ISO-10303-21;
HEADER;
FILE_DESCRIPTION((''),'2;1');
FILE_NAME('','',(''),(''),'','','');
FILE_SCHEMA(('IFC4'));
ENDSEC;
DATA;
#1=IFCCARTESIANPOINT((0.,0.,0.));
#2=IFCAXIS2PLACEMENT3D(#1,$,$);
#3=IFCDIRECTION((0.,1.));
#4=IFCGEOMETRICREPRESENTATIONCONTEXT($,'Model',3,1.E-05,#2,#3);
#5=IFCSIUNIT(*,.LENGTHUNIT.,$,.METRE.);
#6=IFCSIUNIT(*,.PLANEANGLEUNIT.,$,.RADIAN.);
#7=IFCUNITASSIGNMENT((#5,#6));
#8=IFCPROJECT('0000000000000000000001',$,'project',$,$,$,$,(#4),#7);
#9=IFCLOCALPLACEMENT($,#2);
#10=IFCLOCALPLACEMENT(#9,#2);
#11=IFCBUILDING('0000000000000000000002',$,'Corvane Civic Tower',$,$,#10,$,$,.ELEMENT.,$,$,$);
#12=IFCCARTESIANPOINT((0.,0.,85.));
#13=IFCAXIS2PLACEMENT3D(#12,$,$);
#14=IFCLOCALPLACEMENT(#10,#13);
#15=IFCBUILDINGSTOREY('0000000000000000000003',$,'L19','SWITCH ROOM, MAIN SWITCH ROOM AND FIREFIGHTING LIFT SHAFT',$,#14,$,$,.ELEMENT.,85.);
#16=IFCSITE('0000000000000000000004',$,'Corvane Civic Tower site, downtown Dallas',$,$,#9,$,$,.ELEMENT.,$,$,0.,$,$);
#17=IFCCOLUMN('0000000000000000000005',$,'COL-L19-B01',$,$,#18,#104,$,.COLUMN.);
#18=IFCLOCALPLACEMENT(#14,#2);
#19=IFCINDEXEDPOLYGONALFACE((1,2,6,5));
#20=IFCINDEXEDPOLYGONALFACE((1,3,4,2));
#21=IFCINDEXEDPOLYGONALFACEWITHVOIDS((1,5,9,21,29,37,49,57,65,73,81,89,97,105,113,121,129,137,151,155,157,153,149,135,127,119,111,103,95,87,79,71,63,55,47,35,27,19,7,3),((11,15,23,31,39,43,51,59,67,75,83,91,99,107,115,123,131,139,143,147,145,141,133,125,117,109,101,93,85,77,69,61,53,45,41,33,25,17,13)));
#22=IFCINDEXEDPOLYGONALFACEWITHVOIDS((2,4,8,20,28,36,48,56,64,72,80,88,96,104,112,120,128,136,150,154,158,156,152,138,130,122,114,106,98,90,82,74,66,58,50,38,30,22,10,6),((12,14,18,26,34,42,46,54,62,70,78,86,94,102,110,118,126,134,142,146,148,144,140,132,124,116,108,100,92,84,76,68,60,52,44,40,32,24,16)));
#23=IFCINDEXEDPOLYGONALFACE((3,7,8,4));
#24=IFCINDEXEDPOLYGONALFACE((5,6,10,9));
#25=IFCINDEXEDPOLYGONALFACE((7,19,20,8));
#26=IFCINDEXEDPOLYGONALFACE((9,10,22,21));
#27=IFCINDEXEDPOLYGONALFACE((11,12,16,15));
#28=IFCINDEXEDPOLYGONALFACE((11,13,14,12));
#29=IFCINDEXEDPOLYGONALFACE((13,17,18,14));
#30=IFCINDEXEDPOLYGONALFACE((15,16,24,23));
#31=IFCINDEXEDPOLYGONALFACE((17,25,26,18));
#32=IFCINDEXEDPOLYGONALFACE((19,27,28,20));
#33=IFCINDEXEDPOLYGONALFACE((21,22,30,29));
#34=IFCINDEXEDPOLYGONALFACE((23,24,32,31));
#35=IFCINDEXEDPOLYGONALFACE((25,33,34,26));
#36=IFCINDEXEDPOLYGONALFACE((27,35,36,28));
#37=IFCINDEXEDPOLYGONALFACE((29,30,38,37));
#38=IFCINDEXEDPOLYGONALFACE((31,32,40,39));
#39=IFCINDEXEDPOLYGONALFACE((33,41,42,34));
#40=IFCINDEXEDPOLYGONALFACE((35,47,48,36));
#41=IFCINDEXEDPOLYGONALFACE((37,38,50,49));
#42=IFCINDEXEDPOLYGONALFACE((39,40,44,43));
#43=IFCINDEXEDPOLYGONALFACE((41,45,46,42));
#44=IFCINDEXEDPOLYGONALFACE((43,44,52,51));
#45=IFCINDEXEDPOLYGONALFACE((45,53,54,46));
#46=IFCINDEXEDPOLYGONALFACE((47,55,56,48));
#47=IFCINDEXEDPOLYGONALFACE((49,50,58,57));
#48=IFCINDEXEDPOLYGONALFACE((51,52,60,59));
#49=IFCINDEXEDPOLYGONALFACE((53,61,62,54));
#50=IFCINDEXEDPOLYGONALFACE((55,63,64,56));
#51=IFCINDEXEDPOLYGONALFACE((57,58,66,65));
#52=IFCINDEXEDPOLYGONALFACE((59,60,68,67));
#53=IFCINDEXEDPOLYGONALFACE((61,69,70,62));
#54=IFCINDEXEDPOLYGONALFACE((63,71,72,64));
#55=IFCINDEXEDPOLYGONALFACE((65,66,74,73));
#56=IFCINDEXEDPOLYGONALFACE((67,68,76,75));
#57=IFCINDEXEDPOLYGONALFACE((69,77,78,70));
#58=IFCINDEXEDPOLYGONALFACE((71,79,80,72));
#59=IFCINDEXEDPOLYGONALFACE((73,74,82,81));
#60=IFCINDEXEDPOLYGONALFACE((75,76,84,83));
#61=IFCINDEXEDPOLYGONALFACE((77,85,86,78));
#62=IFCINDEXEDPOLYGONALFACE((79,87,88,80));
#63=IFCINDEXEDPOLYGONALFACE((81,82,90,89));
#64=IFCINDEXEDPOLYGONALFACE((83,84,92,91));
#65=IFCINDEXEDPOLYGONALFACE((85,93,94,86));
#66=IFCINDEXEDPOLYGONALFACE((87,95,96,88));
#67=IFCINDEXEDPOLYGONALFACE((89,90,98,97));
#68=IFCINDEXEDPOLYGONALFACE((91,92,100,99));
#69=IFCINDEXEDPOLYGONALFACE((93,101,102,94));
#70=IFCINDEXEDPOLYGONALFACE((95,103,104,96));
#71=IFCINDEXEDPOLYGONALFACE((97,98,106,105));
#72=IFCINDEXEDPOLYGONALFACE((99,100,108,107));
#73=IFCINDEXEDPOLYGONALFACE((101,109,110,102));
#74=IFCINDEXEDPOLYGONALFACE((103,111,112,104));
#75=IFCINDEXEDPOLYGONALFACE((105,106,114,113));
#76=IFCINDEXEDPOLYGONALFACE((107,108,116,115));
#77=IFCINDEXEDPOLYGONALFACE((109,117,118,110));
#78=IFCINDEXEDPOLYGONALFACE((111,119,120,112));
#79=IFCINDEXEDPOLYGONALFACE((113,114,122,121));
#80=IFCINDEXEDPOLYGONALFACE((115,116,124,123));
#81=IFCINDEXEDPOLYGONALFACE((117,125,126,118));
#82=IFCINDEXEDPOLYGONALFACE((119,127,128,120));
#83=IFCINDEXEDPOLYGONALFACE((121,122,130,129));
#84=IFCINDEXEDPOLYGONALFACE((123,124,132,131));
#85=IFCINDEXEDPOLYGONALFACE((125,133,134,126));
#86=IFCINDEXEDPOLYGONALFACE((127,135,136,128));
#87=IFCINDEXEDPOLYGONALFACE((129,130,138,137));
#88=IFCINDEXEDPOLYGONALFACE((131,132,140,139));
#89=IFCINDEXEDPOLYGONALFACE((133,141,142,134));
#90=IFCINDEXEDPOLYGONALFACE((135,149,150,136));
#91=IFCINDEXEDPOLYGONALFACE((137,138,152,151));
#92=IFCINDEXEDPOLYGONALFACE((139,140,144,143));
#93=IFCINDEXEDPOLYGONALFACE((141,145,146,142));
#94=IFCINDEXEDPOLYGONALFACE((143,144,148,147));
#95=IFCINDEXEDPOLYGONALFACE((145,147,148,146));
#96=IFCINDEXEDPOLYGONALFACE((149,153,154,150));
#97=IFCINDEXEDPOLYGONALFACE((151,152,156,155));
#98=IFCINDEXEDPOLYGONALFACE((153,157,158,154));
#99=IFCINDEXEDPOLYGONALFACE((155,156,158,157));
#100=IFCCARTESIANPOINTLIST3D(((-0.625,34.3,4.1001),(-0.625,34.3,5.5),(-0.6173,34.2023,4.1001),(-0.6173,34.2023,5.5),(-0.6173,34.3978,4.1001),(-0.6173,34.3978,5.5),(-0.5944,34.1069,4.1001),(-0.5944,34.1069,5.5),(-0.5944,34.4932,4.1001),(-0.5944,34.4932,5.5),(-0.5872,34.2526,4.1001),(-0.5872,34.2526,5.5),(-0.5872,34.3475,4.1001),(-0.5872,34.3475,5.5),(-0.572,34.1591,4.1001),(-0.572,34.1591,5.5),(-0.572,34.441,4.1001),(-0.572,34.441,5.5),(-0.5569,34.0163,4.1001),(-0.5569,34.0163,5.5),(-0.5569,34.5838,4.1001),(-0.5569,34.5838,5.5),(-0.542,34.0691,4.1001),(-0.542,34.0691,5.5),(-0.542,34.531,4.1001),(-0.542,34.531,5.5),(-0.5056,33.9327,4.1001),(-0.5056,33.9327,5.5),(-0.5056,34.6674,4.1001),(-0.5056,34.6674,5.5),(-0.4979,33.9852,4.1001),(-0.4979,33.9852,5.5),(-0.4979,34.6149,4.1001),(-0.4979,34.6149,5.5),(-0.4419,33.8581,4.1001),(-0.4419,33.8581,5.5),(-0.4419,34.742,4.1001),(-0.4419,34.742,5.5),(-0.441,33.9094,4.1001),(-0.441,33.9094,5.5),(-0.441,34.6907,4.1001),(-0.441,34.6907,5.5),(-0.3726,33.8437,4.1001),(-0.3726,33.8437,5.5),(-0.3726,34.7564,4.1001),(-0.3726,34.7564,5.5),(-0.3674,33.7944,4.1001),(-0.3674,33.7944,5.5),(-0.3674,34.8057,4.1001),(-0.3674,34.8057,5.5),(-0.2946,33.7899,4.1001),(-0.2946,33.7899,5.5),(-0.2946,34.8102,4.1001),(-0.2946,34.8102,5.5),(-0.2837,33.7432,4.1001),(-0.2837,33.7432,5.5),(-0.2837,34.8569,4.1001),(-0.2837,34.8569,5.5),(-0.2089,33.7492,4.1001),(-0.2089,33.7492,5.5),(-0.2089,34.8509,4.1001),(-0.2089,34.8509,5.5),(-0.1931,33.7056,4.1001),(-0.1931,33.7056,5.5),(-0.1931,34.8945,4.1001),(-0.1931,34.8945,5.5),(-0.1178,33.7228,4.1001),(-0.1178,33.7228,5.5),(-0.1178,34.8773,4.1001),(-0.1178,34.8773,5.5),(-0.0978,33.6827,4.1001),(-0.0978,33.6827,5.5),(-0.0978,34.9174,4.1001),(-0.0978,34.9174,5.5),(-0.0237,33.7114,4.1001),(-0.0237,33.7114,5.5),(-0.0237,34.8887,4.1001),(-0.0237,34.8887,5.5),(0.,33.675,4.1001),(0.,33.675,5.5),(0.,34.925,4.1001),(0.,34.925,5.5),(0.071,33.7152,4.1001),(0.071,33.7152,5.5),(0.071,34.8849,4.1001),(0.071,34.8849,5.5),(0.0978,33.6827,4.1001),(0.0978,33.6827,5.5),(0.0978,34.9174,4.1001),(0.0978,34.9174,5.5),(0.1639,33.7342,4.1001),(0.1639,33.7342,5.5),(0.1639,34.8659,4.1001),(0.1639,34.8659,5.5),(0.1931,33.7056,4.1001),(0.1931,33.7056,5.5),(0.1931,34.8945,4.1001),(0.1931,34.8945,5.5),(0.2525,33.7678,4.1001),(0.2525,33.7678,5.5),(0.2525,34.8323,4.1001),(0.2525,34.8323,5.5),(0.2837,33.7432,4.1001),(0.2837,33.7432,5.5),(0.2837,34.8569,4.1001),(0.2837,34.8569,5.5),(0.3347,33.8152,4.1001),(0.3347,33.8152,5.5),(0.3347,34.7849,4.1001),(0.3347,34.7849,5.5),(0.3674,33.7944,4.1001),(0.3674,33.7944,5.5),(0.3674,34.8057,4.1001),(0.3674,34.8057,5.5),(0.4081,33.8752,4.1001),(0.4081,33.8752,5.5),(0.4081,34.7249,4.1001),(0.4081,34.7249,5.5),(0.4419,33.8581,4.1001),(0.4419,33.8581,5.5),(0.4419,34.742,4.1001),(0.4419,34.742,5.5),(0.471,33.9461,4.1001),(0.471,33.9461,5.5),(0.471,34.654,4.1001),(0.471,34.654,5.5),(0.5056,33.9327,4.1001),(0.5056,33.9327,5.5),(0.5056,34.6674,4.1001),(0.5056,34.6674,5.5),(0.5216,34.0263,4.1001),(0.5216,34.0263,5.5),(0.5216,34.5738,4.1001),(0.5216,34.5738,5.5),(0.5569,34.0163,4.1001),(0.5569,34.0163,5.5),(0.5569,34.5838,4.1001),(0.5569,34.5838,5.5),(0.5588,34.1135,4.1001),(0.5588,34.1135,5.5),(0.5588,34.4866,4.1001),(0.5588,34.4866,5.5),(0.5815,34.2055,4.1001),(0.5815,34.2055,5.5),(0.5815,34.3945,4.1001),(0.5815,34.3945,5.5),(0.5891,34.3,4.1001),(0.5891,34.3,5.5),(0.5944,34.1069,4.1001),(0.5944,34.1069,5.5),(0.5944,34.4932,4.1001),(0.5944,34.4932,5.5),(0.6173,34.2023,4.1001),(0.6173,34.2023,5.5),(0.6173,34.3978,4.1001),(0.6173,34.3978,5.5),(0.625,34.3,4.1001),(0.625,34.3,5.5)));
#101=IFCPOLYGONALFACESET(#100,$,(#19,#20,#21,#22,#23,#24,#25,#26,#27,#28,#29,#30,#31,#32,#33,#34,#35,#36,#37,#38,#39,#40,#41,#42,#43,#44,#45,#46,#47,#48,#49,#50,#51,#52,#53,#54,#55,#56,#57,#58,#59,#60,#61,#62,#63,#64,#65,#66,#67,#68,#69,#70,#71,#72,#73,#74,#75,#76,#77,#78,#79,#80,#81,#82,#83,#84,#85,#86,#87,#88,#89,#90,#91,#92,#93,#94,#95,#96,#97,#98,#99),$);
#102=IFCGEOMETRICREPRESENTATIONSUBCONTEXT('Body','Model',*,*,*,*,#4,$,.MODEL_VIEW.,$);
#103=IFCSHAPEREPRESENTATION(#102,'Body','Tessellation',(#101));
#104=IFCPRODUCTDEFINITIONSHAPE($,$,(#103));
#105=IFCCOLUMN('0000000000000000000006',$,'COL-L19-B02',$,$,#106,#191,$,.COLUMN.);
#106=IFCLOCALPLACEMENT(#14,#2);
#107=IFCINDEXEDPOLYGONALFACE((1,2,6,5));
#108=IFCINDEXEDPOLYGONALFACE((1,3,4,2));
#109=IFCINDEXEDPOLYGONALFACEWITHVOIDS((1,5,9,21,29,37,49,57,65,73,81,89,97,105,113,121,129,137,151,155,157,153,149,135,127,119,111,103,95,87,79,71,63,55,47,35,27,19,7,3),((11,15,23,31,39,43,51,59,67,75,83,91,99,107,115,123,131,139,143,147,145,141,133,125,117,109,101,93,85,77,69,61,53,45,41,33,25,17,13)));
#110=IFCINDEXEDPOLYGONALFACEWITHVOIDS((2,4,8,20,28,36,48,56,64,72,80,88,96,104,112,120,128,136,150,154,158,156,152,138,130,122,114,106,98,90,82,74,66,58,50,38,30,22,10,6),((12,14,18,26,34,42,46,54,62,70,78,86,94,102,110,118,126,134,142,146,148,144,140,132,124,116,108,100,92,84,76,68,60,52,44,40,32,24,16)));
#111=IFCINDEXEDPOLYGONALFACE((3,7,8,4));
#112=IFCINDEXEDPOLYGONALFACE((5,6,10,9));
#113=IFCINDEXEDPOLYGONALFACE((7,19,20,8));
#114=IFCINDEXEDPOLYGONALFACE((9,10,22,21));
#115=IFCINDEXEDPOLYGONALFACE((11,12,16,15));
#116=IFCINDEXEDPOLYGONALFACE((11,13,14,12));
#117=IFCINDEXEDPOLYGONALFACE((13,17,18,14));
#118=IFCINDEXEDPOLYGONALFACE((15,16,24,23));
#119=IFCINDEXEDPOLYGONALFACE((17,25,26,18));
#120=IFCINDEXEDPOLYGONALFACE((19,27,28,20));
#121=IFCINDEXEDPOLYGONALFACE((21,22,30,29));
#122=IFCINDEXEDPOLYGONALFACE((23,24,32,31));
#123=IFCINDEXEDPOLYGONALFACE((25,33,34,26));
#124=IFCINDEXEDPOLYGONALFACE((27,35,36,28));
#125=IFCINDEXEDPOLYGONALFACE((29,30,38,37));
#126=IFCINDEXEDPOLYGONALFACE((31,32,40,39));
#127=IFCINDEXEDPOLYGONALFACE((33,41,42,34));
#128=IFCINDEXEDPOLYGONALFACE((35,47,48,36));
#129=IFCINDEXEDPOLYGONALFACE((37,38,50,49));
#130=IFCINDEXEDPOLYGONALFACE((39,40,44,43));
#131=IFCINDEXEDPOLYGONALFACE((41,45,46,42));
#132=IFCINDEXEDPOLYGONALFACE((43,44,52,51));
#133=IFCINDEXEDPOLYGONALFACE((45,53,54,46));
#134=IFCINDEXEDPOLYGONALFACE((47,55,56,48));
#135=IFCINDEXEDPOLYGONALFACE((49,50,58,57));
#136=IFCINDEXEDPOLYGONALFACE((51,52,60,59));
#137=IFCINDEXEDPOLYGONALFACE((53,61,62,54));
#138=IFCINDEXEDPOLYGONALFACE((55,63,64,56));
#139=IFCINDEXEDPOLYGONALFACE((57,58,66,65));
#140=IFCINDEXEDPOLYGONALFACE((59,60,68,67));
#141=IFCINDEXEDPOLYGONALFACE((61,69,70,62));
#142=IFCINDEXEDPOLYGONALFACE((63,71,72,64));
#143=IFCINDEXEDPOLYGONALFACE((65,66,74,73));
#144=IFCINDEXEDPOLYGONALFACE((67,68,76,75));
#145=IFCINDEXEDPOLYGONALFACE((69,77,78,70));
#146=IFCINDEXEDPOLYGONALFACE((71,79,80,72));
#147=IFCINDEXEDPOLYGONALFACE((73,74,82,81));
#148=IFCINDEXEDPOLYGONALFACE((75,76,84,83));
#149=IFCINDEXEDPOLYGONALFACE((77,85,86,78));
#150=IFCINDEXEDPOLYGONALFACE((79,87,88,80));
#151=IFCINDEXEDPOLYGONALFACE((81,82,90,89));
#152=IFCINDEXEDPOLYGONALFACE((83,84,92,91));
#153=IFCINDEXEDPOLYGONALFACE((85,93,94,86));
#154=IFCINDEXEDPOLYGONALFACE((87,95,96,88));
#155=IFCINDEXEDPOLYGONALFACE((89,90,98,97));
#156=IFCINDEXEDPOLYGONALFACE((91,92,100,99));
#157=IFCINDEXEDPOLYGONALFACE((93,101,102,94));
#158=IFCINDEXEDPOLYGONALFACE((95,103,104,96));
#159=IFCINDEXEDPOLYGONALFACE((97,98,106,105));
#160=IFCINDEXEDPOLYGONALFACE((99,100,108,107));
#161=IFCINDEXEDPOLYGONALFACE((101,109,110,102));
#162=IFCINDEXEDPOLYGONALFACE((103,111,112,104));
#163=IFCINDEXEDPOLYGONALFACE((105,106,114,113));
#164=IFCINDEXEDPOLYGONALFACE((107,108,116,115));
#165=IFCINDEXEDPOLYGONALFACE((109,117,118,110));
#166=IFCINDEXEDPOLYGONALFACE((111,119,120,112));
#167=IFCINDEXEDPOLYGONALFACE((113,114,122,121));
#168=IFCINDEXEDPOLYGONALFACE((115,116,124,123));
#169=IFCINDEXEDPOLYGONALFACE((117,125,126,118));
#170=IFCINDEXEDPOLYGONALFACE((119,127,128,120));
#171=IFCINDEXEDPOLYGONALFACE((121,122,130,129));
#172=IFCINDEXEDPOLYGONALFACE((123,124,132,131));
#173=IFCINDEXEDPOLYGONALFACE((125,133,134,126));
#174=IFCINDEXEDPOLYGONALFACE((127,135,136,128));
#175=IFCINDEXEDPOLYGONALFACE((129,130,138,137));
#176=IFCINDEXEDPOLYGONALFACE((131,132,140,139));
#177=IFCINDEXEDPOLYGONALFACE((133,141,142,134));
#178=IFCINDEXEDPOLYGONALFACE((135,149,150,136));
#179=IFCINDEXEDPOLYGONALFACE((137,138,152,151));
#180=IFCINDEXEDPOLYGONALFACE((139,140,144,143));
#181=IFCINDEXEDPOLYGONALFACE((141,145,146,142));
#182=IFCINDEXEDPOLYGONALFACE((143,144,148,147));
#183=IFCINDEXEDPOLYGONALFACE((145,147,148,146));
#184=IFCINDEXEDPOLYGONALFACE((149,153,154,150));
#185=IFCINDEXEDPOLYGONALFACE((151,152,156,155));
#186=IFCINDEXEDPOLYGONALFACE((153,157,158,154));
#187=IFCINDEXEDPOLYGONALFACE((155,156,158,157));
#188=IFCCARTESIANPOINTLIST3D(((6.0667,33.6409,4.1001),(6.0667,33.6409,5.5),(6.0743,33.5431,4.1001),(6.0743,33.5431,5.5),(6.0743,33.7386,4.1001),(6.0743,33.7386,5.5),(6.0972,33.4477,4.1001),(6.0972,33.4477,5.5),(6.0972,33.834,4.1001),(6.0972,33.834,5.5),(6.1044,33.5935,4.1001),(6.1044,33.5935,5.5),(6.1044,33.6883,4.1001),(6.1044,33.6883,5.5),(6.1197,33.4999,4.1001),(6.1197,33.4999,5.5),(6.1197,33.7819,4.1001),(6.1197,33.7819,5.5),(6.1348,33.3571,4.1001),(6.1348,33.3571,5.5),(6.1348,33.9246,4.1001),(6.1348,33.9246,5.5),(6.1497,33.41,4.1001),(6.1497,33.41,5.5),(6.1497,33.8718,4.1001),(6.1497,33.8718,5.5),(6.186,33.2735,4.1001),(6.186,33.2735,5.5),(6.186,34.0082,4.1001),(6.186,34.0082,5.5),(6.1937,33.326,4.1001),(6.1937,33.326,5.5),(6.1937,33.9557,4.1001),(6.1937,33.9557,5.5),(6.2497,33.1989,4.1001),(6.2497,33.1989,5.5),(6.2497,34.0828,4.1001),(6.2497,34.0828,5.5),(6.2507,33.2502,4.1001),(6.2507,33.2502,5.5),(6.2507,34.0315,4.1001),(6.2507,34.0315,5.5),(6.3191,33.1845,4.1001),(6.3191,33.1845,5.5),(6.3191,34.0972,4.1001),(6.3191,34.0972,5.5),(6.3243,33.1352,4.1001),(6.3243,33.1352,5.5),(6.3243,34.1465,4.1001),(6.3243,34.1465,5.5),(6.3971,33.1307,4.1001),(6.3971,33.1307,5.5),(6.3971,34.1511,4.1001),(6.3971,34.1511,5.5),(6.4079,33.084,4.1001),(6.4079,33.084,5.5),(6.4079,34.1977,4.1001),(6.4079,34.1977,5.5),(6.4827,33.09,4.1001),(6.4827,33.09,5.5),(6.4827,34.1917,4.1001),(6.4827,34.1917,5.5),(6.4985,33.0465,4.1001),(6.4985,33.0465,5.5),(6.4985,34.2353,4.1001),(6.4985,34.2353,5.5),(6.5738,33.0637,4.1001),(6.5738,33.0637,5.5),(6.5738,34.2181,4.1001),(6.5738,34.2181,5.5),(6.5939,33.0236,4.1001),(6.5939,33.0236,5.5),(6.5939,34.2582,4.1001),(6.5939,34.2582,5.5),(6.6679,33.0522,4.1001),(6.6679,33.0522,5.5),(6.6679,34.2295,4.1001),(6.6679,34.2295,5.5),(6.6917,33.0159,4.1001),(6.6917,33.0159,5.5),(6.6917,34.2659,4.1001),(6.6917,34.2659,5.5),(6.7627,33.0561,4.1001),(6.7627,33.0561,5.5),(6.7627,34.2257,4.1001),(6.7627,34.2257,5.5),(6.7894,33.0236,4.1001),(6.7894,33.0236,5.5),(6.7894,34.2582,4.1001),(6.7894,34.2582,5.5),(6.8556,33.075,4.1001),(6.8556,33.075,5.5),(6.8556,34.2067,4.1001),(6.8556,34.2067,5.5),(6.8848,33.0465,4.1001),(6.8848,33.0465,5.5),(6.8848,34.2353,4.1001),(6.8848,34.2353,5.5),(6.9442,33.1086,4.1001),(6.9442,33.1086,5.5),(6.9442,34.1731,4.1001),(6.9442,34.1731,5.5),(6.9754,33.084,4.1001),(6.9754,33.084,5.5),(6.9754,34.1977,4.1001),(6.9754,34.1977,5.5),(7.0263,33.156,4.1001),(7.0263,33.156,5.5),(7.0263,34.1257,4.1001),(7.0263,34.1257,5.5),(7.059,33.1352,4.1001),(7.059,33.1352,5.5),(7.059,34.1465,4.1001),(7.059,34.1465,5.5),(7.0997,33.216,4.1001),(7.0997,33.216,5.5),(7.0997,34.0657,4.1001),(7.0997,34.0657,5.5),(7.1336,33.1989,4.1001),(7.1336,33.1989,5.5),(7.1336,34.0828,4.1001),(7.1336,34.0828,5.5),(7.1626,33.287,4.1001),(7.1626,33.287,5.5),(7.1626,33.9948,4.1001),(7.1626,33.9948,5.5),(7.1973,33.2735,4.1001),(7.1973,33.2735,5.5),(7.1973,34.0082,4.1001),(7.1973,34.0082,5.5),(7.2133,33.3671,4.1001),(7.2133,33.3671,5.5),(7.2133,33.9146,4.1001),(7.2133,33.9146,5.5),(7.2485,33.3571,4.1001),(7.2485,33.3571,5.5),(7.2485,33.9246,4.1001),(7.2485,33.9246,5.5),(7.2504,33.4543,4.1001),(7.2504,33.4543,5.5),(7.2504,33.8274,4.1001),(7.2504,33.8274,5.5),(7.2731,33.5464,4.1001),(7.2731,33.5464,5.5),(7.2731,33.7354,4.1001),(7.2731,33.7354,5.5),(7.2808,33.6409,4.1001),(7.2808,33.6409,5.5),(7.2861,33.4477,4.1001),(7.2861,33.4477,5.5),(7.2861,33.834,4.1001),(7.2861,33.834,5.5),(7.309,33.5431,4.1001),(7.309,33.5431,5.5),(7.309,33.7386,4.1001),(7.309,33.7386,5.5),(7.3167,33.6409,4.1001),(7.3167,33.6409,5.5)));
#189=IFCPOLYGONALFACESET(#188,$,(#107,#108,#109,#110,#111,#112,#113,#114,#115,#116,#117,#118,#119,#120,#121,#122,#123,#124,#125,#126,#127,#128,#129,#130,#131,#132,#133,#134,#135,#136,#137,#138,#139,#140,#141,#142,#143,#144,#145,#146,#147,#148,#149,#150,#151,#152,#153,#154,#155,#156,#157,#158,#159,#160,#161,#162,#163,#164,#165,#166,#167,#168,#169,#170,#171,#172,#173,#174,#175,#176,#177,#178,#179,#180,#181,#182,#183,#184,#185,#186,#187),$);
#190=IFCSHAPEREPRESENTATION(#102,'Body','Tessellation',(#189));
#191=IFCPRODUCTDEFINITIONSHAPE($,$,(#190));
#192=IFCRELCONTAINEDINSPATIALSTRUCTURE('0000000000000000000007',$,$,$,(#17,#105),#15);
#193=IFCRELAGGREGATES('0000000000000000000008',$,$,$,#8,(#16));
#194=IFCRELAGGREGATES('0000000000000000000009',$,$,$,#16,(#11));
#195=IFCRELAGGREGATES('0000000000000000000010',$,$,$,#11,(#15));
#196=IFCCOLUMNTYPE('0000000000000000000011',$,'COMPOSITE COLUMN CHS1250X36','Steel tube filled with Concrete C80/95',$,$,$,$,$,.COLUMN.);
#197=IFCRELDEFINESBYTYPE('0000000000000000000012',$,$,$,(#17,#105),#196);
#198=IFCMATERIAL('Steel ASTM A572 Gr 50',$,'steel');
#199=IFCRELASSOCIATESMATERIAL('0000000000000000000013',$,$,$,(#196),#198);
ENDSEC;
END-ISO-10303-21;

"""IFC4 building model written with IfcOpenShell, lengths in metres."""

from ifc_helpers import new_model, si_unit, direction, frame, origin, origin_2d, place, context, subcontext, project, spatial, hollow_circle, extrude, material, material_profile, profile_set, type_object, element, save


model = new_model("IFC4")

# Units and contexts
model_context = context("Model", 3, precision=1e-05, world=origin(), true_north=direction((0.0, 1.0)))
body_context = subcontext(model_context, "Body", "Model", "MODEL_VIEW")
ifc_project = project(units=[si_unit("LENGTHUNIT", "METRE"), si_unit("PLANEANGLEUNIT", "RADIAN")], contexts=[model_context])

# Site, building, storey
site_placement = place(None, origin())
site = spatial("IfcSite", under=ifc_project, at=site_placement, Name="Corvane Civic Tower site, downtown Dallas", CompositionType="ELEMENT", RefElevation=0.0)
building_placement = place(site_placement, origin())
building = spatial("IfcBuilding", under=site, at=building_placement, Name="Corvane Civic Tower", CompositionType="ELEMENT")
storey_placement = place(building_placement, frame((0.0, 0.0, 85.0)))
storey = spatial("IfcBuildingStorey", under=building, at=storey_placement, Name="L19", Description="SWITCH ROOM, MAIN SWITCH ROOM AND FIREFIGHTING LIFT SHAFT", CompositionType="ELEMENT", Elevation=85.0)

# Columns
ifc_material_1 = material(Name="Steel ASTM A572 Gr 50", Category="steel")
ifc_material_profile_1 = material_profile(ifc_material_1, hollow_circle(Radius=0.625, WallThickness=0.0359, at=origin_2d()), Name="CHS1250X36")
ifc_profile_set_1 = profile_set([ifc_material_profile_1], Name="Steel ASTM A572 Gr 50")
column_type_1 = type_object("IfcColumnType", Name="COMPOSITE COLUMN CHS1250X36", Description="Steel tube filled with Concrete C80/95", PredefinedType="COLUMN", material=ifc_profile_set_1)
for number, where, z_axis, x_axis, name in (
    (1, (0.0, 34.3, 4.1001), (0.0, 0.0, 1.0), (1.0, 0.0, 0.0), "COL-L19-B01"),
    (2, (6.6917, 33.6409, 4.1001), (0.0, 0.0, 1.0), (1.0, 0.0, 0.0), "COL-L19-B02"),
):
    element("IfcColumn", number, at=place(storey_placement, frame(where, z_axis=z_axis, x_axis=x_axis)), inside=storey, type_object=column_type_1, Name=name, PredefinedType="COLUMN", context=body_context, shape_type="SweptSolid", body=[
        extrude(hollow_circle(Radius=0.625, WallThickness=0.0359, at=origin_2d()), origin(), (0.0, 0.0, 1.0), 1.3999),
    ])

save(model, "model.ifc")
